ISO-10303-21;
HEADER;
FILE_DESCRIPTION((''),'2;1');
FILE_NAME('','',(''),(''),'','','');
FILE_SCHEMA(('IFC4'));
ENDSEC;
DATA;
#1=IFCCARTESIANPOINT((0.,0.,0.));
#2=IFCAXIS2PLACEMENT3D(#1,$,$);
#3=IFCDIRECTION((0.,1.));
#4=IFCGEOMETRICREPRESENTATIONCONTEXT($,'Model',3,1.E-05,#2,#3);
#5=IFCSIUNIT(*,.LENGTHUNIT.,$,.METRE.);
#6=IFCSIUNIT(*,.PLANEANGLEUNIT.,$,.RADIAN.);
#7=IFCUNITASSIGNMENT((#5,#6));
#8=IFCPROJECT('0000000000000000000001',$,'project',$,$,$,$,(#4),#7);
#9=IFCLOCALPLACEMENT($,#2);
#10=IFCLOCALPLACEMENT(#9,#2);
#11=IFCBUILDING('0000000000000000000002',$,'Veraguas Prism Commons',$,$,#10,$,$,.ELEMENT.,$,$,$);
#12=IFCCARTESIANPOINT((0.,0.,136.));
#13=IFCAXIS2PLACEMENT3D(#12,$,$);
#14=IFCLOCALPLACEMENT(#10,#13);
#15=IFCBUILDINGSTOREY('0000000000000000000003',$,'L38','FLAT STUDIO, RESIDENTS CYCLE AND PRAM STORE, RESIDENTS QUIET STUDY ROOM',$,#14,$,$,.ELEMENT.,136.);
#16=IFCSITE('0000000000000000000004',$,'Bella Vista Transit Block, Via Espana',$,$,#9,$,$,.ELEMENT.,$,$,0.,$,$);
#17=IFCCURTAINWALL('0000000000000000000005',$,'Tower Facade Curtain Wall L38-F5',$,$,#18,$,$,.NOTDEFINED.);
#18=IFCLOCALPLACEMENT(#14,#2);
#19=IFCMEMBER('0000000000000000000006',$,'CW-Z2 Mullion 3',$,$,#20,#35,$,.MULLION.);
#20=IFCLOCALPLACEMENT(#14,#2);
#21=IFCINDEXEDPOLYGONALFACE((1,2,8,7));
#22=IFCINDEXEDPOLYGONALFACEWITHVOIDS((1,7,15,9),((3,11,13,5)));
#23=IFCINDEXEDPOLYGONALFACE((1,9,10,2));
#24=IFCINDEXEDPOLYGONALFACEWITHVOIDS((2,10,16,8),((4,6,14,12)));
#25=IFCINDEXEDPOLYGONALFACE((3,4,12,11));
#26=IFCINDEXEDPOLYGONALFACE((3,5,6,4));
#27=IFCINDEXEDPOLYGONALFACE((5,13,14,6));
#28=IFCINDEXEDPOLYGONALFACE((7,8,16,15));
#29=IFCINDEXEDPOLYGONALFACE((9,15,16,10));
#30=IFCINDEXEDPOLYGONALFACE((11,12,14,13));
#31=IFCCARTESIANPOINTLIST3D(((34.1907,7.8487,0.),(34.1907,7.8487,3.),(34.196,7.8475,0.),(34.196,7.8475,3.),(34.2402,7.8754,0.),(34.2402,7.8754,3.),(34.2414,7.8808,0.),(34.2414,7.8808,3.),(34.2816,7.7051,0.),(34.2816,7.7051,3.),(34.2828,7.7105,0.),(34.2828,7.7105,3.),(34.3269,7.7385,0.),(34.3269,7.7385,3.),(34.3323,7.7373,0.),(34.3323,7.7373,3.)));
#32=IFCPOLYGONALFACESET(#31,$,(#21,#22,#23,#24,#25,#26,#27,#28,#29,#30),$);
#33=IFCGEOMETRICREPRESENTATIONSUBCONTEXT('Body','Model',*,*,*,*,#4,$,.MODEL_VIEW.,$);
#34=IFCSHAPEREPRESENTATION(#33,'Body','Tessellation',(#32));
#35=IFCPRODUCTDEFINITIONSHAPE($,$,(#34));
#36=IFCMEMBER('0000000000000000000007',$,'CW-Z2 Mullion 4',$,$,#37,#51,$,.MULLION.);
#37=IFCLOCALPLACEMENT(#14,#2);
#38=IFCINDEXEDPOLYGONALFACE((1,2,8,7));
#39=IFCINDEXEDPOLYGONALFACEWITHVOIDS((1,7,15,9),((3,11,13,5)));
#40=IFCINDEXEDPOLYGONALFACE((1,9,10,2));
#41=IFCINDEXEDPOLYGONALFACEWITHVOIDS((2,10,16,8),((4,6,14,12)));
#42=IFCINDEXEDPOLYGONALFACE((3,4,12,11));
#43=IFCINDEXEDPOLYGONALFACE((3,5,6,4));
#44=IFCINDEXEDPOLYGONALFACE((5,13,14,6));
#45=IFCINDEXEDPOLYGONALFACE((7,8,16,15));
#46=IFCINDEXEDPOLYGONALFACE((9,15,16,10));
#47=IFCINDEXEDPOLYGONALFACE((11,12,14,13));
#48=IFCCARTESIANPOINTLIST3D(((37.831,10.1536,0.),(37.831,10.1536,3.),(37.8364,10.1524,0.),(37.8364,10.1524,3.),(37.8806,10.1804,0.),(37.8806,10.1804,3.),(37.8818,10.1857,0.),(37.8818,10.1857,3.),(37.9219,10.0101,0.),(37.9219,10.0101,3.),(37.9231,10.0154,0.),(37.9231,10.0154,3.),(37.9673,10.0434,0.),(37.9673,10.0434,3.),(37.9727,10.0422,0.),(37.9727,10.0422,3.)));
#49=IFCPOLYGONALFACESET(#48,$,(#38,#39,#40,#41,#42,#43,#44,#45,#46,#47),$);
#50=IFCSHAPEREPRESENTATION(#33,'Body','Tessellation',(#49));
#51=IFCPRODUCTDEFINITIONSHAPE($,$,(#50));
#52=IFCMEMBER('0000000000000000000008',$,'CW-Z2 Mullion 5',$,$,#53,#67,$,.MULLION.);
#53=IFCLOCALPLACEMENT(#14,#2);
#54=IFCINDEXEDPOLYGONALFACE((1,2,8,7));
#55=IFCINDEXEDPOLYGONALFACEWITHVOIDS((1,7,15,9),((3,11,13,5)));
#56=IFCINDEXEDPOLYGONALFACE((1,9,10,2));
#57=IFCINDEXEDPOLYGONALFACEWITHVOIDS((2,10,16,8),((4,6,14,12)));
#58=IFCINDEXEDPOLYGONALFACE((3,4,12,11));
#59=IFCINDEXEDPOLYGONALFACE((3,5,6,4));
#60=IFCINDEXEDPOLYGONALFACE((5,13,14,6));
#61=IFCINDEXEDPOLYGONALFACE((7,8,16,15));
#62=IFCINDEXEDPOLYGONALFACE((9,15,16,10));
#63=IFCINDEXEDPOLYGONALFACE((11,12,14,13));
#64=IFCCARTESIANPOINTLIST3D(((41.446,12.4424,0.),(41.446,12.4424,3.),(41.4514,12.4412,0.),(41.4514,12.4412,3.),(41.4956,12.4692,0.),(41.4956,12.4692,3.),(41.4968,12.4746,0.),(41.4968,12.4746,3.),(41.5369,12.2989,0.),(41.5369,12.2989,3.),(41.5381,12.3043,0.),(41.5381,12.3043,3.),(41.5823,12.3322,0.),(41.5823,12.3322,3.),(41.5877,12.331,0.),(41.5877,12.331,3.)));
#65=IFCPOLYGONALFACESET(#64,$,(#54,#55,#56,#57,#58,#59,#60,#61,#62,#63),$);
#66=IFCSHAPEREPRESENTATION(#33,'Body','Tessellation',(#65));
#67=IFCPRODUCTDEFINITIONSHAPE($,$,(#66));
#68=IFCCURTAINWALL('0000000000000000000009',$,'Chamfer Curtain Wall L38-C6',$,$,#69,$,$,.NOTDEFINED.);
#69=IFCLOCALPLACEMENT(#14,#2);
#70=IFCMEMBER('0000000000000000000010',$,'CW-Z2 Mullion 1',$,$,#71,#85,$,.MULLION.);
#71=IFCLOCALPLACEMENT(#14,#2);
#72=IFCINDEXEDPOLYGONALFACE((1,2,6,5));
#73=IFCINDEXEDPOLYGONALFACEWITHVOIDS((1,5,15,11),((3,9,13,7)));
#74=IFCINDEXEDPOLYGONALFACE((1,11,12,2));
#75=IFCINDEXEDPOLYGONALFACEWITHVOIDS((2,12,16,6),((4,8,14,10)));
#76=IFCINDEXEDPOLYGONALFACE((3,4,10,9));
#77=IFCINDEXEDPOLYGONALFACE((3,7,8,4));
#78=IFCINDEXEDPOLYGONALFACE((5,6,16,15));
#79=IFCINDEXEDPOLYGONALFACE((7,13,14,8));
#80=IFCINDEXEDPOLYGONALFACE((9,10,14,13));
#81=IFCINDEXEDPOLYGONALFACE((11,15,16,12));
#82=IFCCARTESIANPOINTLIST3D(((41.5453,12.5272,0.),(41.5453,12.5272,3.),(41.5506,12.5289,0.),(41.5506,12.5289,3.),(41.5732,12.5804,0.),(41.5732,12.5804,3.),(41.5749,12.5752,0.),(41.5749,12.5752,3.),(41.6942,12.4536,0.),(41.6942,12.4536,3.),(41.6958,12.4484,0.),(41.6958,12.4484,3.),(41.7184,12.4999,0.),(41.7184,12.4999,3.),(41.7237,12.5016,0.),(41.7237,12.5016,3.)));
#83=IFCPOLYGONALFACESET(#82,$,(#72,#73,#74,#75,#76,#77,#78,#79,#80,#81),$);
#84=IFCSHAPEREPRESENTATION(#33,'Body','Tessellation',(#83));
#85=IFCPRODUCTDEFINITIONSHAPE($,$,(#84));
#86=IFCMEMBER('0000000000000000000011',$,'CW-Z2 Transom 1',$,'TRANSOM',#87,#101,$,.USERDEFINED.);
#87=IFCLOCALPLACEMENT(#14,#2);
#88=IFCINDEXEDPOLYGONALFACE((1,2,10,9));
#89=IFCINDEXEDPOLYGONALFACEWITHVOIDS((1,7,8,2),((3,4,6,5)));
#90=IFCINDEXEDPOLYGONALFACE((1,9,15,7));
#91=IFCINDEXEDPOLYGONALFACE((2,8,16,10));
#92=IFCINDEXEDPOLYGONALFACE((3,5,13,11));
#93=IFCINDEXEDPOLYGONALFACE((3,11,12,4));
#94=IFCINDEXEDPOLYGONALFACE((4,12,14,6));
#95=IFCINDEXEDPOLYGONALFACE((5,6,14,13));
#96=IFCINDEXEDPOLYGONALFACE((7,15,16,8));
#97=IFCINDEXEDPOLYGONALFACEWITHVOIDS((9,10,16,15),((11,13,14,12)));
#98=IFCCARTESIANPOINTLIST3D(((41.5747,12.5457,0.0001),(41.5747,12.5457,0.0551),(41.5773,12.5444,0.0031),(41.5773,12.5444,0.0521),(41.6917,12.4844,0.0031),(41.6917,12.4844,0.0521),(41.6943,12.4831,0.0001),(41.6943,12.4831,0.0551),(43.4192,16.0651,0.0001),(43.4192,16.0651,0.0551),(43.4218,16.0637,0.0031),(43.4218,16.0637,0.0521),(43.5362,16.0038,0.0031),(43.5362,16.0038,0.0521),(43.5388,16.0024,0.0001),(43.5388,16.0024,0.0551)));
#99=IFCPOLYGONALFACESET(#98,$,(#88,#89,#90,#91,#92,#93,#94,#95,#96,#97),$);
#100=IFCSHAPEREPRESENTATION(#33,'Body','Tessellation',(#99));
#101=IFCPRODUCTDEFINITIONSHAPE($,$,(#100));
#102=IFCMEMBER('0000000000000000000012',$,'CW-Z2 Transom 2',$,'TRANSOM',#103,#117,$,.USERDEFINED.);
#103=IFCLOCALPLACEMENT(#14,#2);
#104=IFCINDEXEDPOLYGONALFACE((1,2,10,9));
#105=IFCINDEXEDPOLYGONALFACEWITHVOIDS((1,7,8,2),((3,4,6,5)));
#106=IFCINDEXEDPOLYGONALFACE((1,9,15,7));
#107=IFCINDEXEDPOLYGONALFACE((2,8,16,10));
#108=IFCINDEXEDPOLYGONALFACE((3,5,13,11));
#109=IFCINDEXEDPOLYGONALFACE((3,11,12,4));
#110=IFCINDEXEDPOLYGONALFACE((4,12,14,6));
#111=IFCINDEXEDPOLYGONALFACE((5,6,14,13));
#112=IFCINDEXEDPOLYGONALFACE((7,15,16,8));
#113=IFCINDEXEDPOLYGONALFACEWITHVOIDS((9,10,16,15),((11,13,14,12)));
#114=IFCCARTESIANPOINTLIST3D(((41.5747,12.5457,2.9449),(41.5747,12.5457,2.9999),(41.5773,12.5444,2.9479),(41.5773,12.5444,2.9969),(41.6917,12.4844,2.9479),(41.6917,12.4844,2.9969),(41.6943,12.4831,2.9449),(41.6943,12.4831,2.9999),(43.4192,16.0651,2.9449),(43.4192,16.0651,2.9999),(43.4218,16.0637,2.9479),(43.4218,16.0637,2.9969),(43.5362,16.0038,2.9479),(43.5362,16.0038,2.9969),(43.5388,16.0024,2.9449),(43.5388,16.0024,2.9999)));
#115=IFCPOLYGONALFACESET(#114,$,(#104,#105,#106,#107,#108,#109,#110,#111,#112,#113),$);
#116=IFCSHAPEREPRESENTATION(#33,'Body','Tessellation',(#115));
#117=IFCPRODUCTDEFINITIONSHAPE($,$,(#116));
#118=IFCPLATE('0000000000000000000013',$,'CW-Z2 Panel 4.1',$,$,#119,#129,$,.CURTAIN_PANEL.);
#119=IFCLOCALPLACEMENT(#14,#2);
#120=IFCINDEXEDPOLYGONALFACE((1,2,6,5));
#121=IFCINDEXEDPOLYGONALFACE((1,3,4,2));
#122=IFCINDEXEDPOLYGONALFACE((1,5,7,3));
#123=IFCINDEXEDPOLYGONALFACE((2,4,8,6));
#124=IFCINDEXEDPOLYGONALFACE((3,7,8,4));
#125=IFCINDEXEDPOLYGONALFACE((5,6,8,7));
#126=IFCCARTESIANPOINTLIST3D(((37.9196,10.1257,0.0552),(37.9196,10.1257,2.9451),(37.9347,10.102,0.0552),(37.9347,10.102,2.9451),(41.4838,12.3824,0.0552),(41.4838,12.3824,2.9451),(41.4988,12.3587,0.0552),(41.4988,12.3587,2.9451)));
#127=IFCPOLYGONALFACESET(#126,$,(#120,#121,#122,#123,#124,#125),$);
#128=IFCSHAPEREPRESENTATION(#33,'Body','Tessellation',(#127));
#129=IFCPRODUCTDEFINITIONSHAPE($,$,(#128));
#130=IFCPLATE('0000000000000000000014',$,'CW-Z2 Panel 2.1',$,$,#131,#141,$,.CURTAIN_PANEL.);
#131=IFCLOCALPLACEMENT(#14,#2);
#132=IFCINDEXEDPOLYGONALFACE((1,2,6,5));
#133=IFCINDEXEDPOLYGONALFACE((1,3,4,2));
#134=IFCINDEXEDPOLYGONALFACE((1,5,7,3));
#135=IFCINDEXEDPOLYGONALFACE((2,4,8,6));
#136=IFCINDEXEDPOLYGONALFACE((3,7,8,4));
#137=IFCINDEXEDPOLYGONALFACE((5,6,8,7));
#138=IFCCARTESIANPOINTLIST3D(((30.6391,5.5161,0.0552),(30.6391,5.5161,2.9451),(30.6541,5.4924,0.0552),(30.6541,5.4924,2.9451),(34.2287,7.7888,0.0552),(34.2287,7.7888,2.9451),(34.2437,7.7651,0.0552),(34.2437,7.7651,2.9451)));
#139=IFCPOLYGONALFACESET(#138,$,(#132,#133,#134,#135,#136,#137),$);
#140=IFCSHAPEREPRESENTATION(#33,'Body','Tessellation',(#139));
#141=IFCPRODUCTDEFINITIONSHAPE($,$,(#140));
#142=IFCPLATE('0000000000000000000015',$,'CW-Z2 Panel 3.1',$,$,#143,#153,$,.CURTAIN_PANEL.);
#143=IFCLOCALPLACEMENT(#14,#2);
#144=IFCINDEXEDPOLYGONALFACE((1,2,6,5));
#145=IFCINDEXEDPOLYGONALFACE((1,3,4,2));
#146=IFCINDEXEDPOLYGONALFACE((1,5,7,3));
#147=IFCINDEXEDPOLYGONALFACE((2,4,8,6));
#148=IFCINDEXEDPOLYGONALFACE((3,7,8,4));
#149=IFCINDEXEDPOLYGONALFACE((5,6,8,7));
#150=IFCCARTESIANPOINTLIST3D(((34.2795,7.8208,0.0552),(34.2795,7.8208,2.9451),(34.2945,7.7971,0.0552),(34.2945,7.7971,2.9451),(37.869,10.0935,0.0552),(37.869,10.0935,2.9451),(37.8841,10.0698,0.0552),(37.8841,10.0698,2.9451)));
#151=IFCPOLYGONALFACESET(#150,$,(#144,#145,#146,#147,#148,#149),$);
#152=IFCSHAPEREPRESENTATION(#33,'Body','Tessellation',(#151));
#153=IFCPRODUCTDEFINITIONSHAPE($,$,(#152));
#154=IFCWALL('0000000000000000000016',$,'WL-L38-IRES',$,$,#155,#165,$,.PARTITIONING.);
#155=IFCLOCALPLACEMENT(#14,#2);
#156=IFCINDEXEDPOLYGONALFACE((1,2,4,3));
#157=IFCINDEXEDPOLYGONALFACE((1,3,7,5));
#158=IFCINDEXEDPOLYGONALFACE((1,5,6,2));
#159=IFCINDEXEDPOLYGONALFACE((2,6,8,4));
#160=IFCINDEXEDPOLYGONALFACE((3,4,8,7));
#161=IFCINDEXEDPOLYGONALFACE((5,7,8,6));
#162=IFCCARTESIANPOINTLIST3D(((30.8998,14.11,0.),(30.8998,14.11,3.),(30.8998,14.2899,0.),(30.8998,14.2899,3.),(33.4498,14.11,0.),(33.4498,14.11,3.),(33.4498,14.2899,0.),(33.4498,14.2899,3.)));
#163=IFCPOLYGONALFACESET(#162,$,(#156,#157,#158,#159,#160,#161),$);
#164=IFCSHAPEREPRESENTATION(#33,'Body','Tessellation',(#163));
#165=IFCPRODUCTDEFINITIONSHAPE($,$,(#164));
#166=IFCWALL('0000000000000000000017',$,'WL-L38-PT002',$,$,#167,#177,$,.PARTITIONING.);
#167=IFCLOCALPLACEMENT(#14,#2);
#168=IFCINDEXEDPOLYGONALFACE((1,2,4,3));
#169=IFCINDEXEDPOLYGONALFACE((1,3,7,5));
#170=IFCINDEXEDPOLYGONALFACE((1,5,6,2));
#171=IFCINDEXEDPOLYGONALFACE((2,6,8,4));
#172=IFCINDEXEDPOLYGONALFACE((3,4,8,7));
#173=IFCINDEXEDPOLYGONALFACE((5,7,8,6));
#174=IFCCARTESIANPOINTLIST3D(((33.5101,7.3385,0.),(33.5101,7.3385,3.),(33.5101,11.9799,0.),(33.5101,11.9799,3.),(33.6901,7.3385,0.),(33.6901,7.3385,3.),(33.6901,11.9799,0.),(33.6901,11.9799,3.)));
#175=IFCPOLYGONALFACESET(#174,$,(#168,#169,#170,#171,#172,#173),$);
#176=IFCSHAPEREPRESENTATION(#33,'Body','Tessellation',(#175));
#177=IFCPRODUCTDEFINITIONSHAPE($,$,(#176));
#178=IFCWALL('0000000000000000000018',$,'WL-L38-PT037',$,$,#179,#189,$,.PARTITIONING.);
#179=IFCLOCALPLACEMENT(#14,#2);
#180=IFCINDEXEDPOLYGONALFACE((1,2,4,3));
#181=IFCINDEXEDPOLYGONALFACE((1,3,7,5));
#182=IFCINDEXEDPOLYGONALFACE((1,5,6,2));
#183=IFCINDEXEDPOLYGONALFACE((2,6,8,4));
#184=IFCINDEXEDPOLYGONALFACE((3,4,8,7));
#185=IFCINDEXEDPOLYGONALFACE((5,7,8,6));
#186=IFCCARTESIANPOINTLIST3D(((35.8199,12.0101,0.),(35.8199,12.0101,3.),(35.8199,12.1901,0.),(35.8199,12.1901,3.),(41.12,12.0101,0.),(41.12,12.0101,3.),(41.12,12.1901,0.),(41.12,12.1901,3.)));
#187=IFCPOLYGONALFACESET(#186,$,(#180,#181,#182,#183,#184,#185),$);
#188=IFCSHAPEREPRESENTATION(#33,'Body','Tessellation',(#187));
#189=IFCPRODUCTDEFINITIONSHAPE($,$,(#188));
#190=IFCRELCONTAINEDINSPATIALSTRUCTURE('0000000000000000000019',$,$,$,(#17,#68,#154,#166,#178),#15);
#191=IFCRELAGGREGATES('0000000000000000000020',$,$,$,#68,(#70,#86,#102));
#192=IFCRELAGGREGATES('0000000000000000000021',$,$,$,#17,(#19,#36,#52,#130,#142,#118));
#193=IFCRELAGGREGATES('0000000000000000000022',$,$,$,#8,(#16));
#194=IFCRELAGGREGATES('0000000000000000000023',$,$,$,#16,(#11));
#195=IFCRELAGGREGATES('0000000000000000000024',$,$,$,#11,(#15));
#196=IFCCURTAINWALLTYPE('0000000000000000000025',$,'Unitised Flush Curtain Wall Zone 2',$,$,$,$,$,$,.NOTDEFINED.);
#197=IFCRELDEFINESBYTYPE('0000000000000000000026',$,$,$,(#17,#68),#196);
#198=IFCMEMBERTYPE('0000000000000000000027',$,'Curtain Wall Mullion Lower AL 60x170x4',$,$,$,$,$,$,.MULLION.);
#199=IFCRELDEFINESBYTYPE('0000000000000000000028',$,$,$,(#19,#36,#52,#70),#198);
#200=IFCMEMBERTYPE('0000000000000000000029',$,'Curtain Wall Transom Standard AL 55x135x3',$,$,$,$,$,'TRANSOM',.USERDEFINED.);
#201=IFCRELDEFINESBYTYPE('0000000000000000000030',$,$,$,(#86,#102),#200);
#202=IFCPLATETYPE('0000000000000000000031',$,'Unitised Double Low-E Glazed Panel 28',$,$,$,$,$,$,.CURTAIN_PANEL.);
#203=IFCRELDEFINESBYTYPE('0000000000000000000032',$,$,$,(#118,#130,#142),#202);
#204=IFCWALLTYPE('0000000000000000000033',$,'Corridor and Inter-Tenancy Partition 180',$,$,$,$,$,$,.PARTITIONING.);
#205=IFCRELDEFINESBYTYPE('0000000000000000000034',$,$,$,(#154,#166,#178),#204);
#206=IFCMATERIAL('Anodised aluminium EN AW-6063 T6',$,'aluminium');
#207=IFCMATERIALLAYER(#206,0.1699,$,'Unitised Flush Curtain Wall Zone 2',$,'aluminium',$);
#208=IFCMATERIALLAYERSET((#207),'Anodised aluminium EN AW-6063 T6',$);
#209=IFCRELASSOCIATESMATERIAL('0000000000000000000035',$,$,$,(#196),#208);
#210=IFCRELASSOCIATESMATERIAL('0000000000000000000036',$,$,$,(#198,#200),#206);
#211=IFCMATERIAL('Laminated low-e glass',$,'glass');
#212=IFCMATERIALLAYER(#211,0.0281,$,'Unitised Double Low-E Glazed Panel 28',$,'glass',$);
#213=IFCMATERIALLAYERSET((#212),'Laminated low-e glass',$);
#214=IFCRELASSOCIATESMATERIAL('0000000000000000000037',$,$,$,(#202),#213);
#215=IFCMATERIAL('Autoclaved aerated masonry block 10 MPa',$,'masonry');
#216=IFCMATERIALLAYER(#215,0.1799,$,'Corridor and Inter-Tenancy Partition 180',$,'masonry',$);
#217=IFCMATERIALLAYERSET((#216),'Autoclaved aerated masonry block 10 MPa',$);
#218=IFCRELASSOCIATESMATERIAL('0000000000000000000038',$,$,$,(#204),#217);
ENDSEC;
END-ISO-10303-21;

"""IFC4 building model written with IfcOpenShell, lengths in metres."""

from ifc_helpers import new_model, si_unit, direction, frame, frame_2d, origin, origin_2d, place, context, subcontext, project, spatial, rectangle, hollow_rectangle, extrude, source, transform, mapped, material, layer, layer_set, material_profile, profile_set, type_object, element, aggregate, save


model = new_model("IFC4")

# Units and contexts
model_context = context("Model", 3, precision=1e-05, world=origin(), true_north=direction((0.0, 1.0)))
body_context = subcontext(model_context, "Body", "Model", "MODEL_VIEW")
ifc_project = project(units=[si_unit("LENGTHUNIT", "METRE"), si_unit("PLANEANGLEUNIT", "RADIAN")], contexts=[model_context])

# Site, building, storey
site_placement = place(None, origin())
site = spatial("IfcSite", under=ifc_project, at=site_placement, Name="Bella Vista Transit Block, Via Espana", CompositionType="ELEMENT", RefElevation=0.0)
building_placement = place(site_placement, origin())
building = spatial("IfcBuilding", under=site, at=building_placement, Name="Veraguas Prism Commons", CompositionType="ELEMENT")
storey_placement = place(building_placement, frame((0.0, 0.0, 136.0)))
storey = spatial("IfcBuildingStorey", under=building, at=storey_placement, Name="L38", Description="FLAT STUDIO, RESIDENTS CYCLE AND PRAM STORE, RESIDENTS QUIET STUDY ROOM", CompositionType="ELEMENT", Elevation=136.0)

# Curtain walls, members
ifc_material_1 = material(Name="Anodised aluminium EN AW-6063 T6", Category="aluminium")
ifc_layer_1 = layer(ifc_material_1, 0.1699, Name="Unitised Flush Curtain Wall Zone 2", Category="aluminium")
ifc_layer_set_1 = layer_set([ifc_layer_1], Name="Anodised aluminium EN AW-6063 T6")
curtain_wall_type = type_object("IfcCurtainWallType", Name="Unitised Flush Curtain Wall Zone 2", PredefinedType="NOTDEFINED", material=ifc_layer_set_1)
curtain_wall_1_placement = place(storey_placement, origin())
curtain_wall_1 = element("IfcCurtainWall", 1, at=curtain_wall_1_placement, inside=storey, type_object=curtain_wall_type, Name="Tower Facade Curtain Wall L38-F5", PredefinedType="NOTDEFINED")
ifc_material_profile_1 = material_profile(ifc_material_1, hollow_rectangle(XDim=0.0601, YDim=0.1699, WallThickness=0.0039, at=origin_2d()), Name="AL60X170X4")
ifc_profile_set_1 = profile_set([ifc_material_profile_1], Name="Anodised aluminium EN AW-6063 T6")
member_type_1 = type_object("IfcMemberType", Name="Curtain Wall Mullion Lower AL 60x170x4", PredefinedType="MULLION", material=ifc_profile_set_1)
shared_shape_1 = source(origin(), body_context, "Body", "SweptSolid", [
    extrude(hollow_rectangle(XDim=0.0601, YDim=0.1699, WallThickness=0.0039, at=origin_2d()), origin(), (0.0, 0.0, 1.0), 3.0),
])
member_1_placement = place(storey_placement, frame((34.2615, 7.793, 0.0), z_axis=(0.0, 0.0, 1.0), x_axis=(0.844888, 0.534944, 0.0)))
member_1 = element("IfcMember", 2, at=member_1_placement, type_object=member_type_1, Name="CW-Z2 Mullion 3", PredefinedType="MULLION", context=body_context, shape_type="MappedRepresentation", body=[
    mapped(shared_shape_1, transform((0.0, 0.0, 0.0), scale=1.0)),
])
member_2_placement = place(storey_placement, frame((37.9019, 10.0979, 0.0), z_axis=(0.0, 0.0, 1.0), x_axis=(0.844888, 0.534944, 0.0)))
member_2 = element("IfcMember", 3, at=member_2_placement, type_object=member_type_1, Name="CW-Z2 Mullion 4", PredefinedType="MULLION", context=body_context, shape_type="MappedRepresentation", body=[
    mapped(shared_shape_1, transform((0.0, 0.0, 0.0), scale=1.0)),
])
member_3_placement = place(storey_placement, frame((41.5168, 12.3867, 0.0), z_axis=(0.0, 0.0, 1.0), x_axis=(0.844888, 0.534944, 0.0)))
member_3 = element("IfcMember", 4, at=member_3_placement, type_object=member_type_1, Name="CW-Z2 Mullion 5", PredefinedType="MULLION", context=body_context, shape_type="MappedRepresentation", body=[
    mapped(shared_shape_1, transform((0.0, 0.0, 0.0), scale=1.0)),
])
curtain_wall_2_placement = place(storey_placement, origin())
curtain_wall_2 = element("IfcCurtainWall", 5, at=curtain_wall_2_placement, inside=storey, type_object=curtain_wall_type, Name="Chamfer Curtain Wall L38-C6", PredefinedType="NOTDEFINED")
member_4_placement = place(storey_placement, frame((41.6345, 12.5144, 0.0), z_axis=(0.0, 0.0, 1.0), x_axis=(0.464201, 0.88573, 0.0)))
member_4 = element("IfcMember", 6, at=member_4_placement, type_object=member_type_1, Name="CW-Z2 Mullion 1", PredefinedType="MULLION", context=body_context, shape_type="MappedRepresentation", body=[
    mapped(shared_shape_1, transform((0.0, 0.0, 0.0), scale=1.0)),
])
ifc_material_profile_2 = material_profile(ifc_material_1, hollow_rectangle(XDim=0.0549, YDim=0.135, WallThickness=0.0029, at=origin_2d()), Name="AL55X135X3")
ifc_profile_set_2 = profile_set([ifc_material_profile_2], Name="Anodised aluminium EN AW-6063 T6")
member_type_2 = type_object("IfcMemberType", Name="Curtain Wall Transom Standard AL 55x135x3", ElementType="TRANSOM", PredefinedType="USERDEFINED", material=ifc_profile_set_2)
shared_shape_2 = source(origin(), body_context, "Body", "SweptSolid", [
    extrude(hollow_rectangle(XDim=0.0549, YDim=0.135, WallThickness=0.0029, at=origin_2d()), origin(), (0.0, 0.0, 1.0), 3.9734),
])
member_5_placement = place(storey_placement, frame((41.6345, 12.5144, 0.0276), z_axis=(0.464214, 0.885723, 0.0), x_axis=(0.0, 0.0, 1.0)))
member_5 = element("IfcMember", 7, at=member_5_placement, type_object=member_type_2, Name="CW-Z2 Transom 1", ObjectType="TRANSOM", PredefinedType="USERDEFINED", context=body_context, shape_type="MappedRepresentation", body=[
    mapped(shared_shape_2, transform((0.0, 0.0, 0.0), scale=1.0)),
])
member_6_placement = place(storey_placement, frame((41.6345, 12.5144, 2.9724), z_axis=(0.464214, 0.885723, 0.0), x_axis=(0.0, 0.0, 1.0)))
member_6 = element("IfcMember", 8, at=member_6_placement, type_object=member_type_2, Name="CW-Z2 Transom 2", ObjectType="TRANSOM", PredefinedType="USERDEFINED", context=body_context, shape_type="MappedRepresentation", body=[
    mapped(shared_shape_2, transform((0.0, 0.0, 0.0), scale=1.0)),
])
aggregate(curtain_wall_2, [member_4, member_5, member_6])

# Plates
ifc_material_2 = material(Name="Laminated low-e glass", Category="glass")
ifc_layer_2 = layer(ifc_material_2, 0.0281, Name="Unitised Double Low-E Glazed Panel 28", Category="glass")
ifc_layer_set_2 = layer_set([ifc_layer_2], Name="Laminated low-e glass")
plate_type = type_object("IfcPlateType", Name="Unitised Double Low-E Glazed Panel 28", PredefinedType="CURTAIN_PANEL", material=ifc_layer_set_2)
shared_shape_3 = source(origin(), body_context, "Body", "SweptSolid", [
    extrude(rectangle(XDim=4.2185, YDim=0.0281, at=origin_2d()), origin(), (0.0, 0.0, 1.0), 2.8899),
])
plate_1_placement = place(storey_placement, frame((39.7092, 11.2422, 0.0552), z_axis=(0.0, 0.0, 1.0), x_axis=(0.844888, 0.534944, 0.0)))
plate_1 = element("IfcPlate", 9, at=plate_1_placement, type_object=plate_type, Name="CW-Z2 Panel 4.1", PredefinedType="CURTAIN_PANEL", context=body_context, shape_type="MappedRepresentation", body=[
    mapped(shared_shape_3, transform((0.0, 0.0, 0.0), scale=1.0)),
])
shared_shape_4 = source(origin(), body_context, "Body", "SweptSolid", [
    extrude(rectangle(XDim=4.2485, YDim=0.0281, at=origin_2d()), origin(), (0.0, 0.0, 1.0), 2.8899),
])
plate_2_placement = place(storey_placement, frame((32.4414, 6.6406, 0.0552), z_axis=(0.0, 0.0, 1.0), x_axis=(0.844888, 0.534944, 0.0)))
plate_2 = element("IfcPlate", 10, at=plate_2_placement, type_object=plate_type, Name="CW-Z2 Panel 2.1", PredefinedType="CURTAIN_PANEL", context=body_context, shape_type="MappedRepresentation", body=[
    mapped(shared_shape_4, transform((0.0, 0.0, 0.0), scale=1.0)),
])
plate_3_placement = place(storey_placement, frame((36.0818, 8.9453, 0.0552), z_axis=(0.0, 0.0, 1.0), x_axis=(0.844888, 0.534944, 0.0)))
plate_3 = element("IfcPlate", 11, at=plate_3_placement, type_object=plate_type, Name="CW-Z2 Panel 3.1", PredefinedType="CURTAIN_PANEL", context=body_context, shape_type="MappedRepresentation", body=[
    mapped(shared_shape_4, transform((0.0, 0.0, 0.0), scale=1.0)),
])
aggregate(curtain_wall_1, [member_1, member_2, member_3, plate_2, plate_3, plate_1])

# Walls
ifc_material_3 = material(Name="Autoclaved aerated masonry block 10 MPa", Category="masonry")
ifc_layer_3 = layer(ifc_material_3, 0.1799, Name="Corridor and Inter-Tenancy Partition 180", Category="masonry")
ifc_layer_set_3 = layer_set([ifc_layer_3], Name="Autoclaved aerated masonry block 10 MPa")
wall_type_1 = type_object("IfcWallType", Name="Corridor and Inter-Tenancy Partition 180", PredefinedType="PARTITIONING", material=ifc_layer_set_3)
wall_1_placement = place(storey_placement, frame((30.8999, 14.2, 0.0), z_axis=(0.0, 0.0, 1.0), x_axis=(1.0, 0.0, 0.0)))
element("IfcWall", 12, at=wall_1_placement, inside=storey, type_object=wall_type_1, Name="WL-L38-IRES", PredefinedType="PARTITIONING", context=body_context, shape_type="SweptSolid", body=[
    extrude(rectangle(XDim=2.55, YDim=0.1799, at=frame_2d((1.2749, 0.0))), origin(), (0.0, 0.0, 1.0), 3.0),
])
wall_2_placement = place(storey_placement, frame((33.6001, 11.98, 0.0), z_axis=(0.0, 0.0, 1.0), x_axis=(0.0, -1.0, 0.0)))
element("IfcWall", 13, at=wall_2_placement, inside=storey, type_object=wall_type_1, Name="WL-L38-PT002", PredefinedType="PARTITIONING", context=body_context, shape_type="SweptSolid", body=[
    extrude(rectangle(XDim=4.6414, YDim=0.1799, at=frame_2d((2.3208, 0.0))), origin(), (0.0, 0.0, 1.0), 3.0),
])
wall_3_placement = place(storey_placement, frame((35.8201, 12.1001, 0.0), z_axis=(0.0, 0.0, 1.0), x_axis=(1.0, 0.0, 0.0)))
element("IfcWall", 14, at=wall_3_placement, inside=storey, type_object=wall_type_1, Name="WL-L38-PT037", PredefinedType="PARTITIONING", context=body_context, shape_type="SweptSolid", body=[
    extrude(rectangle(XDim=5.3, YDim=0.1799, at=frame_2d((2.6499, 0.0))), origin(), (0.0, 0.0, 1.0), 3.0),
])

save(model, "model.ifc")
